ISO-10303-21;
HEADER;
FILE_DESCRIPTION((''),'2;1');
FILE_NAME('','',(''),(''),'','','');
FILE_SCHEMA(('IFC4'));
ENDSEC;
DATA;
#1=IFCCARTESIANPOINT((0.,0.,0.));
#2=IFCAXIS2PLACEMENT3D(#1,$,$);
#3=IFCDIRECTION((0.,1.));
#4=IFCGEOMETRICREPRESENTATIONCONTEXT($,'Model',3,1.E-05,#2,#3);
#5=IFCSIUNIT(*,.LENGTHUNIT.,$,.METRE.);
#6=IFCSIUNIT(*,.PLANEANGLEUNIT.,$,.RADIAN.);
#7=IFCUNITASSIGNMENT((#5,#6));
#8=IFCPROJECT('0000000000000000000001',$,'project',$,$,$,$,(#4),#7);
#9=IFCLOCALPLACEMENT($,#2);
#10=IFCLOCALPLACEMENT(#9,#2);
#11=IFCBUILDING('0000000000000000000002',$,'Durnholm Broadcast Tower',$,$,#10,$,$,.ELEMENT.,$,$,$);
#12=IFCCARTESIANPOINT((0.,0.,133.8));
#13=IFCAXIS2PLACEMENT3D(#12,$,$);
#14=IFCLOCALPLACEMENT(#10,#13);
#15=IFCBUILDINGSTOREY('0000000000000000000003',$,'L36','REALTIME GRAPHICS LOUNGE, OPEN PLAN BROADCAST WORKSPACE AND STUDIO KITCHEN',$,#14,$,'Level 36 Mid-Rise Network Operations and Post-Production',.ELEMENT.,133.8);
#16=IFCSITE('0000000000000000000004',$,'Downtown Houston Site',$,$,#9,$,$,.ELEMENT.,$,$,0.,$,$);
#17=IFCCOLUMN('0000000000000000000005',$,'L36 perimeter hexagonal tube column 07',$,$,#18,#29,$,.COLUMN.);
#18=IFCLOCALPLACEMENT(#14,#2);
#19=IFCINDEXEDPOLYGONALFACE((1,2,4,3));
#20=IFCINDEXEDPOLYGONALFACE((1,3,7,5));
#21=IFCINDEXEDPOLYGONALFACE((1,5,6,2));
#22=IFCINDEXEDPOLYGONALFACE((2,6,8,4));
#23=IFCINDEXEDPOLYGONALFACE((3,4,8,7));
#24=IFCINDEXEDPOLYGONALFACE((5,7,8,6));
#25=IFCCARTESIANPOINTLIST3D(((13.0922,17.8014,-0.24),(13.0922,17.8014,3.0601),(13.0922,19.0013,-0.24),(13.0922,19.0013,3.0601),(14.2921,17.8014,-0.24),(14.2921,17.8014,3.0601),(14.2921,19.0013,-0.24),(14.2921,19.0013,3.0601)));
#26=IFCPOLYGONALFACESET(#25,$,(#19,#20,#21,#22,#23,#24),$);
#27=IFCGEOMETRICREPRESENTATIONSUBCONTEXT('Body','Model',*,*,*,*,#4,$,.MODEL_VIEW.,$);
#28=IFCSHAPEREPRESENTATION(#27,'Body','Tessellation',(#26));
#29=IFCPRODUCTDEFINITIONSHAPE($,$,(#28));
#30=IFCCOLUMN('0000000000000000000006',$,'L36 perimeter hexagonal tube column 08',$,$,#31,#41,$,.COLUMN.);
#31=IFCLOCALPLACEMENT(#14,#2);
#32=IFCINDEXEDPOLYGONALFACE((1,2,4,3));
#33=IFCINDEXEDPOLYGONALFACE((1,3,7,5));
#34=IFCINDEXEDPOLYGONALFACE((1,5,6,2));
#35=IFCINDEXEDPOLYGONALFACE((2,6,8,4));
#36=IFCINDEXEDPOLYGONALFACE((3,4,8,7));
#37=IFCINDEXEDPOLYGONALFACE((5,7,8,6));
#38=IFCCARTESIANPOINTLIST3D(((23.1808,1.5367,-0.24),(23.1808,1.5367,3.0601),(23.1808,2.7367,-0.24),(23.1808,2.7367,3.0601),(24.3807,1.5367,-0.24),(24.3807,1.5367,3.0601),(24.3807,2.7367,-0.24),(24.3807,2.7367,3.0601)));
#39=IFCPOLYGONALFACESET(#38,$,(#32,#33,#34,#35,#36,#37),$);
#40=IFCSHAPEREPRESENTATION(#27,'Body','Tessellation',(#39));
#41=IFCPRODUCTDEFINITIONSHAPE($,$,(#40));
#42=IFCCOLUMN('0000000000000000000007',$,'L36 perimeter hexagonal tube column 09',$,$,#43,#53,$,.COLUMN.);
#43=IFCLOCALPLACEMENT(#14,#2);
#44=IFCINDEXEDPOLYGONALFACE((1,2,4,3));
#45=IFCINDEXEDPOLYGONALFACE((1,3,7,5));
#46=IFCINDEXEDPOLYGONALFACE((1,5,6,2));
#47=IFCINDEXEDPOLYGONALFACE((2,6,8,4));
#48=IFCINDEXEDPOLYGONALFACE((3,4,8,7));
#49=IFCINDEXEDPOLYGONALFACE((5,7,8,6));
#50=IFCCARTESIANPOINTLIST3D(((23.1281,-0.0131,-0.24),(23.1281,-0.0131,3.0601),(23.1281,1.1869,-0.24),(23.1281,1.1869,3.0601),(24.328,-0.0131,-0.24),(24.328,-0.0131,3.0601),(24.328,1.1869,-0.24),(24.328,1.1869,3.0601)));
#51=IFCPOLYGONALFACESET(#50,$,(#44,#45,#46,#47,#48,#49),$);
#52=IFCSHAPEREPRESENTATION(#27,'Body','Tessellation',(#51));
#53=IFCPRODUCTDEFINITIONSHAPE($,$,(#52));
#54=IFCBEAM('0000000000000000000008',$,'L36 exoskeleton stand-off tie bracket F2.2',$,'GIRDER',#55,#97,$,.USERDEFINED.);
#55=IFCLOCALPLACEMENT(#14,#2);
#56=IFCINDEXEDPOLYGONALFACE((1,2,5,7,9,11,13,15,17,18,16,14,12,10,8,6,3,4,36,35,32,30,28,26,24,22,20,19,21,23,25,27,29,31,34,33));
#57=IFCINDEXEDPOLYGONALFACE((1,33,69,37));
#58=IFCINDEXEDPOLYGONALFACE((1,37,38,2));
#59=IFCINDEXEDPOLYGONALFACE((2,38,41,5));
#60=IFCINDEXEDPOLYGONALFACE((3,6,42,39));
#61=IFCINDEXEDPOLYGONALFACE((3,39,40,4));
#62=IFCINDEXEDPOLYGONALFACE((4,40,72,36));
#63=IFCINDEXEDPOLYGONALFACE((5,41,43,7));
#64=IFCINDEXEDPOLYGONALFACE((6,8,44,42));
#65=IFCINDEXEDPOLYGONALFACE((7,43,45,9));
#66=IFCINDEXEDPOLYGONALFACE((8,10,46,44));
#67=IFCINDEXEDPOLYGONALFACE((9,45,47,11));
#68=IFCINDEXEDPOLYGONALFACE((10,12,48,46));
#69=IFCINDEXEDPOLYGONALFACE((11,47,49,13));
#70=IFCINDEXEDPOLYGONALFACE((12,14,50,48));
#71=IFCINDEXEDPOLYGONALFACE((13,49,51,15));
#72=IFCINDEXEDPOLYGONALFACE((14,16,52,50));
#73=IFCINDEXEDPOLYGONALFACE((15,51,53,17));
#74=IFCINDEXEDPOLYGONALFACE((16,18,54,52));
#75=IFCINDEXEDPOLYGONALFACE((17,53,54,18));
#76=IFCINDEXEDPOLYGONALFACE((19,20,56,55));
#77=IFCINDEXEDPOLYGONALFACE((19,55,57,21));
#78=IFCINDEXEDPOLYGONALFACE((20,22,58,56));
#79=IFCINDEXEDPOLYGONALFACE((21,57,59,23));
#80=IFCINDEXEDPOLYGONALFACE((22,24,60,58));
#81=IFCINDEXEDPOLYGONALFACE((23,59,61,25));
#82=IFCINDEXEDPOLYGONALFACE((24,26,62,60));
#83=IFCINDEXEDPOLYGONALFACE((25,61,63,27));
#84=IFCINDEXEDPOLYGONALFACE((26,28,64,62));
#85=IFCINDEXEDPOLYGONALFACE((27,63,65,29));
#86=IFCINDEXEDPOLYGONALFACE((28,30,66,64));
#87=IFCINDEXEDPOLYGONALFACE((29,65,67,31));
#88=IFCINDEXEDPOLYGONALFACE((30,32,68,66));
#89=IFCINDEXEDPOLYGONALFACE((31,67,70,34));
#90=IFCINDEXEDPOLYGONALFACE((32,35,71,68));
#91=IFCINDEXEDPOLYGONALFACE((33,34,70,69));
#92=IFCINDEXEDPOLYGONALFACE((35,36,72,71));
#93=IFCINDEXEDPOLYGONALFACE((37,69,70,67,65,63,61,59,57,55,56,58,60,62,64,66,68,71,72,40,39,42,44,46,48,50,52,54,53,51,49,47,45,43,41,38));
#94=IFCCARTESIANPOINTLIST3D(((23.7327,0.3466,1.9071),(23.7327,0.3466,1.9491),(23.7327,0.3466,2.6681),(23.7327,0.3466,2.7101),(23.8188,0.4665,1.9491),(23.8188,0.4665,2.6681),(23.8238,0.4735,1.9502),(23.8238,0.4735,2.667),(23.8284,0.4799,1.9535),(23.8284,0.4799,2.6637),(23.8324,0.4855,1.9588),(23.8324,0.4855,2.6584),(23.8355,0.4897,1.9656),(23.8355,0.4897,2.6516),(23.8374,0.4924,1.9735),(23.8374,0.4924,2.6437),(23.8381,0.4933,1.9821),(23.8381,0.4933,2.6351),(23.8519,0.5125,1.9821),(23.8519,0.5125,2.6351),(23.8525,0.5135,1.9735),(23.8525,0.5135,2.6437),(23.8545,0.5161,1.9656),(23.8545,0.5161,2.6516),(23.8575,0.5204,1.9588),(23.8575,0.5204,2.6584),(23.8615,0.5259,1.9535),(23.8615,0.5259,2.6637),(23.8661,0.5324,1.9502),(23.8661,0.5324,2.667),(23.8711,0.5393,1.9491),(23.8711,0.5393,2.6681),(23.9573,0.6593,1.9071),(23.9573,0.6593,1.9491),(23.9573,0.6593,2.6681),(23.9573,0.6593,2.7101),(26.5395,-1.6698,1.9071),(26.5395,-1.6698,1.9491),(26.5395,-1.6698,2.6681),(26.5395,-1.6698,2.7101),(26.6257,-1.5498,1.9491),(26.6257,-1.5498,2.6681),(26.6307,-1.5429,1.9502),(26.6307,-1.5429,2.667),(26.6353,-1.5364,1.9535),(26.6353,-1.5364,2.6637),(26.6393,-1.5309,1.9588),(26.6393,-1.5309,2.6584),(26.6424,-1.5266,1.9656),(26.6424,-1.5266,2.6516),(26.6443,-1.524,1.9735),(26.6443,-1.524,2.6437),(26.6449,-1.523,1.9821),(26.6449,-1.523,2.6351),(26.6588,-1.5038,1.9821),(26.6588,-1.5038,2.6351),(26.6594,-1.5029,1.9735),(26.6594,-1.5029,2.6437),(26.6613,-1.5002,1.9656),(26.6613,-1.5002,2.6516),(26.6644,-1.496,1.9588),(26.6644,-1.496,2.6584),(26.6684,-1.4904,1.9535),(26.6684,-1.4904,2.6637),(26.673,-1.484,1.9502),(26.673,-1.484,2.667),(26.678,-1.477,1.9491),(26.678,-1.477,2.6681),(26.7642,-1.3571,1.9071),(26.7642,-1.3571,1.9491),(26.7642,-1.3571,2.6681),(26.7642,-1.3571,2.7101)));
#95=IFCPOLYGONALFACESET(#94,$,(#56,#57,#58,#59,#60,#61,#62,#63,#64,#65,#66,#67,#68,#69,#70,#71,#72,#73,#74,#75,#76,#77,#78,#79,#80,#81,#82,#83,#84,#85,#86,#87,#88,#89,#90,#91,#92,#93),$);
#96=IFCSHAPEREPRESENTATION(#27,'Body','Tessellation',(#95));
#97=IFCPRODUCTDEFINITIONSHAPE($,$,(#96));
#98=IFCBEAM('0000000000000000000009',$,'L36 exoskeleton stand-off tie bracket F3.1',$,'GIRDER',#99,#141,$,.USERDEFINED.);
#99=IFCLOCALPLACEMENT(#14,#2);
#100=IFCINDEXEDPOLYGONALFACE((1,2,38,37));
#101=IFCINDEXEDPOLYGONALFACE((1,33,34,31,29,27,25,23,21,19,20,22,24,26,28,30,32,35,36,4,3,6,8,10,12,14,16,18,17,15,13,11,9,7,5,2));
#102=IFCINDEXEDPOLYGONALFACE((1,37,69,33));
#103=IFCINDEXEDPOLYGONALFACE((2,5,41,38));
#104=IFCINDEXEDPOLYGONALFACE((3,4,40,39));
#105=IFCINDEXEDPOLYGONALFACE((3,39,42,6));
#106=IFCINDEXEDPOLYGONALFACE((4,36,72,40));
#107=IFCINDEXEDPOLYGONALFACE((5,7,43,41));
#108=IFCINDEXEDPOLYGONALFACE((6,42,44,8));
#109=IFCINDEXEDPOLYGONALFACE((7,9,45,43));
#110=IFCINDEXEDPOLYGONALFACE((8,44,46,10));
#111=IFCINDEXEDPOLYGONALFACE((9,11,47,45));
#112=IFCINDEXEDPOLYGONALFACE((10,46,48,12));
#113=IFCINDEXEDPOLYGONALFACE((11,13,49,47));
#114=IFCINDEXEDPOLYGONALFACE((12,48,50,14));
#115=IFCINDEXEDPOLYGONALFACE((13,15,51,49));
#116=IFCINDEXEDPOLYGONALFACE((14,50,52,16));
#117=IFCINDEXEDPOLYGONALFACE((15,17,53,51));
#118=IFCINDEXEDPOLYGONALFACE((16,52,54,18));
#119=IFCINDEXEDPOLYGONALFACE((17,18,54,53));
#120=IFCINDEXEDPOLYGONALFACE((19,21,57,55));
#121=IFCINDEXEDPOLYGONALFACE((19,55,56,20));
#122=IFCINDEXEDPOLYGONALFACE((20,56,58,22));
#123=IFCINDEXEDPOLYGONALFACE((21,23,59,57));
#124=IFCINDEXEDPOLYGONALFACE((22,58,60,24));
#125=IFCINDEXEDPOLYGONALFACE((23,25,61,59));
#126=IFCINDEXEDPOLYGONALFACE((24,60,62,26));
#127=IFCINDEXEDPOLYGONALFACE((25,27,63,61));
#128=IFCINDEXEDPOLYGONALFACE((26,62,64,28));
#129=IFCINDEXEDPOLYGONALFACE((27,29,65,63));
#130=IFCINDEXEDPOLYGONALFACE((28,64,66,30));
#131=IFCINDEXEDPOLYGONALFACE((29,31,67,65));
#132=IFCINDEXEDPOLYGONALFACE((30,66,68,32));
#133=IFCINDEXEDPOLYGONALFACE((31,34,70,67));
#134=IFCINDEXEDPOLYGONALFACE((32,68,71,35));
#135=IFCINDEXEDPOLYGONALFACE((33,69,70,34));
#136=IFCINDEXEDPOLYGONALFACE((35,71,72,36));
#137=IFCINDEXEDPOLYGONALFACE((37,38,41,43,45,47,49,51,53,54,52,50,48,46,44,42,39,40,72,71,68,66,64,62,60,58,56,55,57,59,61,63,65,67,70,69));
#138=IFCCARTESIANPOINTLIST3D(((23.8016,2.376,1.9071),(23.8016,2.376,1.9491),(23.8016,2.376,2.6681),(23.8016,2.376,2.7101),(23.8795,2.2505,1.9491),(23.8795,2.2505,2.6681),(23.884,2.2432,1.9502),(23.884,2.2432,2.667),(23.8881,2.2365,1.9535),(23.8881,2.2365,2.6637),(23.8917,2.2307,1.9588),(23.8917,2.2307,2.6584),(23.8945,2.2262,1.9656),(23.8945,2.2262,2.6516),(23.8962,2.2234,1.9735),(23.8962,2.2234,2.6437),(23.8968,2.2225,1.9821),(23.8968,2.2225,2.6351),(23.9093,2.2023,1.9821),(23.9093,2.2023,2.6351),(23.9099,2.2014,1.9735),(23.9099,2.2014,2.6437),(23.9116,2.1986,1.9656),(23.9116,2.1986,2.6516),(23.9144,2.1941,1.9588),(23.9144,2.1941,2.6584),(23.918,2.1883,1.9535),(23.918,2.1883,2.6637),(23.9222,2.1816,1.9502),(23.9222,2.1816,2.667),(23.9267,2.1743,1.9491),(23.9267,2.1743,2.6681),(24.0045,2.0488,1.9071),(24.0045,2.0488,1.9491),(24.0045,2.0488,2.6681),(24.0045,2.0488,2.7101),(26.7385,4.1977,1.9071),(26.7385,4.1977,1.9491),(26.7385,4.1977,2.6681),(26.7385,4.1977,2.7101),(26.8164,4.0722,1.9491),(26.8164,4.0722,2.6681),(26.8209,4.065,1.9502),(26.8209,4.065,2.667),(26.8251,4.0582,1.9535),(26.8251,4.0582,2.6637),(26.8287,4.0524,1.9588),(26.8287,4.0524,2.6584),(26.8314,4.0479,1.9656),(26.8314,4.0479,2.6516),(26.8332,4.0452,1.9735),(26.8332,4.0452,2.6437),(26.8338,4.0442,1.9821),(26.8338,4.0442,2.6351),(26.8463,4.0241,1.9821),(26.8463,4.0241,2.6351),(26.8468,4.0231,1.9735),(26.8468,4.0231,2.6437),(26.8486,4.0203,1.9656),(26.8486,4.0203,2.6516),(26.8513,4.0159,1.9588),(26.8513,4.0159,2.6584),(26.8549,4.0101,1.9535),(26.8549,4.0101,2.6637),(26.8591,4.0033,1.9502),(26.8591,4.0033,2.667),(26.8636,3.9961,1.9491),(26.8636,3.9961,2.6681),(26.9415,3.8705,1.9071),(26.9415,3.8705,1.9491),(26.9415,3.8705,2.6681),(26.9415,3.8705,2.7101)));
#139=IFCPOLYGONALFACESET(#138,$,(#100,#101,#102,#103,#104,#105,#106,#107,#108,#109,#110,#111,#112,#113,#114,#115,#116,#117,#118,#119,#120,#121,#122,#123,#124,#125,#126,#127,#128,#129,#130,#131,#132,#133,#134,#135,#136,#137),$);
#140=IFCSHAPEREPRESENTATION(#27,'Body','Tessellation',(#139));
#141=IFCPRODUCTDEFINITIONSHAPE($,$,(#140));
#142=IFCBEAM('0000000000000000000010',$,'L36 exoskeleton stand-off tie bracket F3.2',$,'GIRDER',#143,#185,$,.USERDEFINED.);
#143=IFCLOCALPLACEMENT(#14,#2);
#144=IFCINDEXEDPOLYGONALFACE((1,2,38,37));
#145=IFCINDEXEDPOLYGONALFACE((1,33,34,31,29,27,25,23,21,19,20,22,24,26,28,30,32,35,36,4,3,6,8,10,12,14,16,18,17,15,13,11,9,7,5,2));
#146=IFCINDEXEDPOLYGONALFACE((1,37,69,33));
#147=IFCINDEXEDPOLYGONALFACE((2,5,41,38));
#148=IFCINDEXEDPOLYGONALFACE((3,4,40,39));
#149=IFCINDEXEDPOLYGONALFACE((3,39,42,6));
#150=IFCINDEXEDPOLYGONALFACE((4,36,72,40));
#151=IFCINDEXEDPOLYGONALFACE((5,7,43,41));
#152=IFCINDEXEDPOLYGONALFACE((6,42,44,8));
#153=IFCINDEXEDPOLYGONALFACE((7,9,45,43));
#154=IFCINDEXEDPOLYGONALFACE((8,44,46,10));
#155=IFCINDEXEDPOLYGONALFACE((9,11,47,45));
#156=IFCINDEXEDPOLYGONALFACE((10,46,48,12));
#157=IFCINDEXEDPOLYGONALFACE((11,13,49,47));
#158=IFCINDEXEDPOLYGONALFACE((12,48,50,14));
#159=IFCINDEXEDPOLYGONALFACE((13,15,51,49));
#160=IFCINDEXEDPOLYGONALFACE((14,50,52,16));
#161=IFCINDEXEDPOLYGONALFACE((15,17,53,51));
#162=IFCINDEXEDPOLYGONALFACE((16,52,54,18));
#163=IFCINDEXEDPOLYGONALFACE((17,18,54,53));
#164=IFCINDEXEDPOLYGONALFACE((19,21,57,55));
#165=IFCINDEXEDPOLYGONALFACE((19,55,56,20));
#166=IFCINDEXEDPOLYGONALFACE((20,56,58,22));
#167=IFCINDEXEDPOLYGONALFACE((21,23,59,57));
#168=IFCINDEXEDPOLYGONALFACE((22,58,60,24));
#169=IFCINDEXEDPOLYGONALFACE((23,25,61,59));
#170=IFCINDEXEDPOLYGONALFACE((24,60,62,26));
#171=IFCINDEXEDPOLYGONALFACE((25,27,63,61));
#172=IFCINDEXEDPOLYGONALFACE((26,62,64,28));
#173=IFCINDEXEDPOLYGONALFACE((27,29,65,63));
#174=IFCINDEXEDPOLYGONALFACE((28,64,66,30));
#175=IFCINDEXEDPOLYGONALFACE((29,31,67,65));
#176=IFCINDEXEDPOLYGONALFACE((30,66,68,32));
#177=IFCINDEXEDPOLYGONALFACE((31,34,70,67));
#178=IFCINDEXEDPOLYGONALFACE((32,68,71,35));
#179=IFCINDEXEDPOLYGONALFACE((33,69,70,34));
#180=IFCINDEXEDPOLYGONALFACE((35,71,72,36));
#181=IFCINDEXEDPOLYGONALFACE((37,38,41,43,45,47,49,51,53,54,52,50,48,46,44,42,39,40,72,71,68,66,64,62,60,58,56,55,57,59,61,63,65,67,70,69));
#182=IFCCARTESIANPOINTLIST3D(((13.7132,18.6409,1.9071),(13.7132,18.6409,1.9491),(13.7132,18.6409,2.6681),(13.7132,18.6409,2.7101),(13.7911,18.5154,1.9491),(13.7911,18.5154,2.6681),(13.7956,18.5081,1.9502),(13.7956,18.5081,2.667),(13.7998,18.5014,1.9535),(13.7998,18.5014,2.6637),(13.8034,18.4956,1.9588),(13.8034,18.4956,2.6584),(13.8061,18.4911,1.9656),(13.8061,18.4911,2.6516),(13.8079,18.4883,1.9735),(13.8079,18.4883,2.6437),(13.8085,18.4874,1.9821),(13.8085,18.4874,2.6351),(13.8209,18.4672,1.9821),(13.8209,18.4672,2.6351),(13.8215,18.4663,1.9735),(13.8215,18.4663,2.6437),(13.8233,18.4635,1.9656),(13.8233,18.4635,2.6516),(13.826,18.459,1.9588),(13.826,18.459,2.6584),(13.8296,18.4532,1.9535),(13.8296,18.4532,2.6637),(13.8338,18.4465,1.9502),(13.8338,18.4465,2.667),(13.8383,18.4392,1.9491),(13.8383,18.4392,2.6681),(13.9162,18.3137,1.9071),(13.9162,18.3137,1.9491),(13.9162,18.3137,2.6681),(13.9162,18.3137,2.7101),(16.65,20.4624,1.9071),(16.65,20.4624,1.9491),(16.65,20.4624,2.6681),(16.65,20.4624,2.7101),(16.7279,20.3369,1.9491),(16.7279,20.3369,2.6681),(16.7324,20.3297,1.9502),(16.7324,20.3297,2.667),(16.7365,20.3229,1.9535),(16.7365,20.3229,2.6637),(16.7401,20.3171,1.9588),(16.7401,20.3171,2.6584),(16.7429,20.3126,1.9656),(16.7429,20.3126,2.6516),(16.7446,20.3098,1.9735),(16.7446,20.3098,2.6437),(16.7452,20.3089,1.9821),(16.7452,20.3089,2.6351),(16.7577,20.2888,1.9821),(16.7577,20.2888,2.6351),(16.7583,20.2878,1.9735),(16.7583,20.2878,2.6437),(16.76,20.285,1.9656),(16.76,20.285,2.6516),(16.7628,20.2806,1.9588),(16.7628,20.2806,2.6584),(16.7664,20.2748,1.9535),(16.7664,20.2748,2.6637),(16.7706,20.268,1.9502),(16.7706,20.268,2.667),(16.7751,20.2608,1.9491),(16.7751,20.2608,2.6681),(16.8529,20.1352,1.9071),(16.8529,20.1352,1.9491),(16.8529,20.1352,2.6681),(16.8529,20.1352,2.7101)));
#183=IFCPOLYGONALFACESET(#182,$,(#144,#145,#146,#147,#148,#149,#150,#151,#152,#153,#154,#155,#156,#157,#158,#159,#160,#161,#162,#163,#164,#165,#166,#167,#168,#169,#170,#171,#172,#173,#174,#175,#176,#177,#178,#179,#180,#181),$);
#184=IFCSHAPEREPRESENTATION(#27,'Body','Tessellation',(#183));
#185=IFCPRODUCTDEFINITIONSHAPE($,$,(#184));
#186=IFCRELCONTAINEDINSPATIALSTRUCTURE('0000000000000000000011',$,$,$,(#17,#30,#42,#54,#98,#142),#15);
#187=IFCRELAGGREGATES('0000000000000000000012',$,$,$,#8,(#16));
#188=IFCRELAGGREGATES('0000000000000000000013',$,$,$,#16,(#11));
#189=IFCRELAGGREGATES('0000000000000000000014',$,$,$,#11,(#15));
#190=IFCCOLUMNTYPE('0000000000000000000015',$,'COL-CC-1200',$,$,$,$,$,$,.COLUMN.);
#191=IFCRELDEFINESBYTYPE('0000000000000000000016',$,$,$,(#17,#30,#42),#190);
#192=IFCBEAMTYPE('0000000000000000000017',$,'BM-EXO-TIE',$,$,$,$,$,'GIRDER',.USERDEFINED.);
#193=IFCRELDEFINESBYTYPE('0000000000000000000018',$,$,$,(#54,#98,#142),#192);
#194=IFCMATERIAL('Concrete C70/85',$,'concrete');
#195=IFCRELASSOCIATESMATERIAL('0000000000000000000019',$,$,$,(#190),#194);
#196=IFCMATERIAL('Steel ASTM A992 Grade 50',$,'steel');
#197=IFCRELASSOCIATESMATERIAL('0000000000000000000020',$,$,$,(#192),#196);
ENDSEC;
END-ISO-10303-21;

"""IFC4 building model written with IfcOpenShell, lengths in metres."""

from ifc_helpers import new_model, si_unit, direction, frame, origin, origin_2d, place, context, subcontext, project, spatial, rectangle, i_section, extrude, source, transform, mapped, material, material_profile, profile_set, type_object, type_shapes, element, save


model = new_model("IFC4")

# Units and contexts
model_context = context("Model", 3, precision=1e-05, world=origin(), true_north=direction((0.0, 1.0)))
body_context = subcontext(model_context, "Body", "Model", "MODEL_VIEW")
ifc_project = project(units=[si_unit("LENGTHUNIT", "METRE"), si_unit("PLANEANGLEUNIT", "RADIAN")], contexts=[model_context])

# Site, building, storey
site_placement = place(None, origin())
site = spatial("IfcSite", under=ifc_project, at=site_placement, Name="Downtown Houston Site", CompositionType="ELEMENT", RefElevation=0.0)
building_placement = place(site_placement, origin())
building = spatial("IfcBuilding", under=site, at=building_placement, Name="Durnholm Broadcast Tower", CompositionType="ELEMENT")
storey_placement = place(building_placement, frame((0.0, 0.0, 133.8)))
storey = spatial("IfcBuildingStorey", under=building, at=storey_placement, Name="L36", Description="REALTIME GRAPHICS LOUNGE, OPEN PLAN BROADCAST WORKSPACE AND STUDIO KITCHEN", LongName="Level 36 Mid-Rise Network Operations and Post-Production", CompositionType="ELEMENT", Elevation=133.8)

# Columns
ifc_material_1 = material(Name="Concrete C70/85", Category="concrete")
ifc_material_profile_1 = material_profile(ifc_material_1, rectangle(XDim=1.2, YDim=1.2, at=origin_2d()), Name="RC1200X1200")
ifc_profile_set_1 = profile_set([ifc_material_profile_1], Name="Concrete C70/85")
column_type = type_object("IfcColumnType", Name="COL-CC-1200", PredefinedType="COLUMN", material=ifc_profile_set_1)
shared_shape_1 = source(origin(), body_context, "Body", "SweptSolid", [
    extrude(rectangle(XDim=1.2, YDim=1.2, at=origin_2d()), origin(), (0.0, 0.0, 1.0), 3.3),
])
type_shapes(column_type, [shared_shape_1])
for number, where, z_axis, x_axis, name in (
    (1, (13.6921, 18.4014, -0.24), (0.0, 0.0, 1.0), (1.0, 0.0, 0.0), "L36 perimeter hexagonal tube column 07"),
    (2, (23.7808, 2.1367, -0.24), (0.0, 0.0, 1.0), (1.0, 0.0, 0.0), "L36 perimeter hexagonal tube column 08"),
    (3, (23.728, 0.5869, -0.24), (0.0, 0.0, 1.0), (1.0, 0.0, 0.0), "L36 perimeter hexagonal tube column 09"),
):
    element("IfcColumn", number, at=place(storey_placement, frame(where, z_axis=z_axis, x_axis=x_axis)), inside=storey, type_object=column_type, Name=name, PredefinedType="COLUMN", context=body_context, shape_type="MappedRepresentation", body=[
        mapped(shared_shape_1, transform((0.0, 0.0, 0.0), x_axis=(1.0, 0.0, 0.0), y_axis=(0.0, 1.0, 0.0), z_axis=(0.0, 0.0, 1.0), scale=1.0)),
    ])

# Beams
ifc_material_2 = material(Name="Steel ASTM A992 Grade 50", Category="steel")
ifc_material_profile_2 = material_profile(ifc_material_2, i_section(OverallWidth=0.385, OverallDepth=0.803, WebThickness=0.0237, FlangeThickness=0.042, FilletRadius=0.033, at=origin_2d()), Name="W30X261")
ifc_profile_set_2 = profile_set([ifc_material_profile_2], Name="Steel ASTM A992 Grade 50")
beam_type_1 = type_object("IfcBeamType", Name="BM-EXO-TIE", ElementType="GIRDER", PredefinedType="USERDEFINED", material=ifc_profile_set_2)
shared_shape_2 = source(origin(), body_context, "Body", "SweptSolid", [
    extrude(i_section(OverallWidth=0.385, OverallDepth=0.803, WebThickness=0.0237, FlangeThickness=0.042, FilletRadius=0.033, at=origin_2d()), origin(), (0.0, 0.0, 1.0), 3.4561),
])
for number, where, z_axis, x_axis, name in (
    (4, (23.845, 0.5029, 2.3086), (0.812165, -0.583428, 0.0), (0.583428, 0.812165, 0.0), "L36 exoskeleton stand-off tie bracket F2.2"),
    (5, (23.9031, 2.2124, 2.3086), (0.849795, 0.527113, 0.0), (-0.527113, 0.849795, 0.0), "L36 exoskeleton stand-off tie bracket F3.1"),
):
    element("IfcBeam", number, at=place(storey_placement, frame(where, z_axis=z_axis, x_axis=x_axis)), inside=storey, type_object=beam_type_1, Name=name, ObjectType="GIRDER", PredefinedType="USERDEFINED", context=body_context, shape_type="MappedRepresentation", body=[
        mapped(shared_shape_2, transform((0.0, 0.0, 0.0), x_axis=(1.0, 0.0, 0.0), y_axis=(0.0, 1.0, 0.0), z_axis=(0.0, 0.0, 1.0), scale=1.0)),
    ])
shared_shape_3 = source(origin(), body_context, "Body", "SweptSolid", [
    extrude(i_section(OverallWidth=0.385, OverallDepth=0.803, WebThickness=0.0237, FlangeThickness=0.042, FilletRadius=0.033, at=origin_2d()), origin(), (0.0, 0.0, 1.0), 3.4558),
])
beam_1_placement = place(storey_placement, frame((13.8147, 18.4773, 2.3086), z_axis=(0.849807, 0.527094, 0.0), x_axis=(-0.527094, 0.849807, 0.0)))
element("IfcBeam", 6, at=beam_1_placement, inside=storey, type_object=beam_type_1, Name="L36 exoskeleton stand-off tie bracket F3.2", ObjectType="GIRDER", PredefinedType="USERDEFINED", context=body_context, shape_type="MappedRepresentation", body=[
    mapped(shared_shape_3, transform((0.0, 0.0, 0.0), x_axis=(1.0, 0.0, 0.0), y_axis=(0.0, 1.0, 0.0), z_axis=(0.0, 0.0, 1.0), scale=1.0)),
])

save(model, "model.ifc")
